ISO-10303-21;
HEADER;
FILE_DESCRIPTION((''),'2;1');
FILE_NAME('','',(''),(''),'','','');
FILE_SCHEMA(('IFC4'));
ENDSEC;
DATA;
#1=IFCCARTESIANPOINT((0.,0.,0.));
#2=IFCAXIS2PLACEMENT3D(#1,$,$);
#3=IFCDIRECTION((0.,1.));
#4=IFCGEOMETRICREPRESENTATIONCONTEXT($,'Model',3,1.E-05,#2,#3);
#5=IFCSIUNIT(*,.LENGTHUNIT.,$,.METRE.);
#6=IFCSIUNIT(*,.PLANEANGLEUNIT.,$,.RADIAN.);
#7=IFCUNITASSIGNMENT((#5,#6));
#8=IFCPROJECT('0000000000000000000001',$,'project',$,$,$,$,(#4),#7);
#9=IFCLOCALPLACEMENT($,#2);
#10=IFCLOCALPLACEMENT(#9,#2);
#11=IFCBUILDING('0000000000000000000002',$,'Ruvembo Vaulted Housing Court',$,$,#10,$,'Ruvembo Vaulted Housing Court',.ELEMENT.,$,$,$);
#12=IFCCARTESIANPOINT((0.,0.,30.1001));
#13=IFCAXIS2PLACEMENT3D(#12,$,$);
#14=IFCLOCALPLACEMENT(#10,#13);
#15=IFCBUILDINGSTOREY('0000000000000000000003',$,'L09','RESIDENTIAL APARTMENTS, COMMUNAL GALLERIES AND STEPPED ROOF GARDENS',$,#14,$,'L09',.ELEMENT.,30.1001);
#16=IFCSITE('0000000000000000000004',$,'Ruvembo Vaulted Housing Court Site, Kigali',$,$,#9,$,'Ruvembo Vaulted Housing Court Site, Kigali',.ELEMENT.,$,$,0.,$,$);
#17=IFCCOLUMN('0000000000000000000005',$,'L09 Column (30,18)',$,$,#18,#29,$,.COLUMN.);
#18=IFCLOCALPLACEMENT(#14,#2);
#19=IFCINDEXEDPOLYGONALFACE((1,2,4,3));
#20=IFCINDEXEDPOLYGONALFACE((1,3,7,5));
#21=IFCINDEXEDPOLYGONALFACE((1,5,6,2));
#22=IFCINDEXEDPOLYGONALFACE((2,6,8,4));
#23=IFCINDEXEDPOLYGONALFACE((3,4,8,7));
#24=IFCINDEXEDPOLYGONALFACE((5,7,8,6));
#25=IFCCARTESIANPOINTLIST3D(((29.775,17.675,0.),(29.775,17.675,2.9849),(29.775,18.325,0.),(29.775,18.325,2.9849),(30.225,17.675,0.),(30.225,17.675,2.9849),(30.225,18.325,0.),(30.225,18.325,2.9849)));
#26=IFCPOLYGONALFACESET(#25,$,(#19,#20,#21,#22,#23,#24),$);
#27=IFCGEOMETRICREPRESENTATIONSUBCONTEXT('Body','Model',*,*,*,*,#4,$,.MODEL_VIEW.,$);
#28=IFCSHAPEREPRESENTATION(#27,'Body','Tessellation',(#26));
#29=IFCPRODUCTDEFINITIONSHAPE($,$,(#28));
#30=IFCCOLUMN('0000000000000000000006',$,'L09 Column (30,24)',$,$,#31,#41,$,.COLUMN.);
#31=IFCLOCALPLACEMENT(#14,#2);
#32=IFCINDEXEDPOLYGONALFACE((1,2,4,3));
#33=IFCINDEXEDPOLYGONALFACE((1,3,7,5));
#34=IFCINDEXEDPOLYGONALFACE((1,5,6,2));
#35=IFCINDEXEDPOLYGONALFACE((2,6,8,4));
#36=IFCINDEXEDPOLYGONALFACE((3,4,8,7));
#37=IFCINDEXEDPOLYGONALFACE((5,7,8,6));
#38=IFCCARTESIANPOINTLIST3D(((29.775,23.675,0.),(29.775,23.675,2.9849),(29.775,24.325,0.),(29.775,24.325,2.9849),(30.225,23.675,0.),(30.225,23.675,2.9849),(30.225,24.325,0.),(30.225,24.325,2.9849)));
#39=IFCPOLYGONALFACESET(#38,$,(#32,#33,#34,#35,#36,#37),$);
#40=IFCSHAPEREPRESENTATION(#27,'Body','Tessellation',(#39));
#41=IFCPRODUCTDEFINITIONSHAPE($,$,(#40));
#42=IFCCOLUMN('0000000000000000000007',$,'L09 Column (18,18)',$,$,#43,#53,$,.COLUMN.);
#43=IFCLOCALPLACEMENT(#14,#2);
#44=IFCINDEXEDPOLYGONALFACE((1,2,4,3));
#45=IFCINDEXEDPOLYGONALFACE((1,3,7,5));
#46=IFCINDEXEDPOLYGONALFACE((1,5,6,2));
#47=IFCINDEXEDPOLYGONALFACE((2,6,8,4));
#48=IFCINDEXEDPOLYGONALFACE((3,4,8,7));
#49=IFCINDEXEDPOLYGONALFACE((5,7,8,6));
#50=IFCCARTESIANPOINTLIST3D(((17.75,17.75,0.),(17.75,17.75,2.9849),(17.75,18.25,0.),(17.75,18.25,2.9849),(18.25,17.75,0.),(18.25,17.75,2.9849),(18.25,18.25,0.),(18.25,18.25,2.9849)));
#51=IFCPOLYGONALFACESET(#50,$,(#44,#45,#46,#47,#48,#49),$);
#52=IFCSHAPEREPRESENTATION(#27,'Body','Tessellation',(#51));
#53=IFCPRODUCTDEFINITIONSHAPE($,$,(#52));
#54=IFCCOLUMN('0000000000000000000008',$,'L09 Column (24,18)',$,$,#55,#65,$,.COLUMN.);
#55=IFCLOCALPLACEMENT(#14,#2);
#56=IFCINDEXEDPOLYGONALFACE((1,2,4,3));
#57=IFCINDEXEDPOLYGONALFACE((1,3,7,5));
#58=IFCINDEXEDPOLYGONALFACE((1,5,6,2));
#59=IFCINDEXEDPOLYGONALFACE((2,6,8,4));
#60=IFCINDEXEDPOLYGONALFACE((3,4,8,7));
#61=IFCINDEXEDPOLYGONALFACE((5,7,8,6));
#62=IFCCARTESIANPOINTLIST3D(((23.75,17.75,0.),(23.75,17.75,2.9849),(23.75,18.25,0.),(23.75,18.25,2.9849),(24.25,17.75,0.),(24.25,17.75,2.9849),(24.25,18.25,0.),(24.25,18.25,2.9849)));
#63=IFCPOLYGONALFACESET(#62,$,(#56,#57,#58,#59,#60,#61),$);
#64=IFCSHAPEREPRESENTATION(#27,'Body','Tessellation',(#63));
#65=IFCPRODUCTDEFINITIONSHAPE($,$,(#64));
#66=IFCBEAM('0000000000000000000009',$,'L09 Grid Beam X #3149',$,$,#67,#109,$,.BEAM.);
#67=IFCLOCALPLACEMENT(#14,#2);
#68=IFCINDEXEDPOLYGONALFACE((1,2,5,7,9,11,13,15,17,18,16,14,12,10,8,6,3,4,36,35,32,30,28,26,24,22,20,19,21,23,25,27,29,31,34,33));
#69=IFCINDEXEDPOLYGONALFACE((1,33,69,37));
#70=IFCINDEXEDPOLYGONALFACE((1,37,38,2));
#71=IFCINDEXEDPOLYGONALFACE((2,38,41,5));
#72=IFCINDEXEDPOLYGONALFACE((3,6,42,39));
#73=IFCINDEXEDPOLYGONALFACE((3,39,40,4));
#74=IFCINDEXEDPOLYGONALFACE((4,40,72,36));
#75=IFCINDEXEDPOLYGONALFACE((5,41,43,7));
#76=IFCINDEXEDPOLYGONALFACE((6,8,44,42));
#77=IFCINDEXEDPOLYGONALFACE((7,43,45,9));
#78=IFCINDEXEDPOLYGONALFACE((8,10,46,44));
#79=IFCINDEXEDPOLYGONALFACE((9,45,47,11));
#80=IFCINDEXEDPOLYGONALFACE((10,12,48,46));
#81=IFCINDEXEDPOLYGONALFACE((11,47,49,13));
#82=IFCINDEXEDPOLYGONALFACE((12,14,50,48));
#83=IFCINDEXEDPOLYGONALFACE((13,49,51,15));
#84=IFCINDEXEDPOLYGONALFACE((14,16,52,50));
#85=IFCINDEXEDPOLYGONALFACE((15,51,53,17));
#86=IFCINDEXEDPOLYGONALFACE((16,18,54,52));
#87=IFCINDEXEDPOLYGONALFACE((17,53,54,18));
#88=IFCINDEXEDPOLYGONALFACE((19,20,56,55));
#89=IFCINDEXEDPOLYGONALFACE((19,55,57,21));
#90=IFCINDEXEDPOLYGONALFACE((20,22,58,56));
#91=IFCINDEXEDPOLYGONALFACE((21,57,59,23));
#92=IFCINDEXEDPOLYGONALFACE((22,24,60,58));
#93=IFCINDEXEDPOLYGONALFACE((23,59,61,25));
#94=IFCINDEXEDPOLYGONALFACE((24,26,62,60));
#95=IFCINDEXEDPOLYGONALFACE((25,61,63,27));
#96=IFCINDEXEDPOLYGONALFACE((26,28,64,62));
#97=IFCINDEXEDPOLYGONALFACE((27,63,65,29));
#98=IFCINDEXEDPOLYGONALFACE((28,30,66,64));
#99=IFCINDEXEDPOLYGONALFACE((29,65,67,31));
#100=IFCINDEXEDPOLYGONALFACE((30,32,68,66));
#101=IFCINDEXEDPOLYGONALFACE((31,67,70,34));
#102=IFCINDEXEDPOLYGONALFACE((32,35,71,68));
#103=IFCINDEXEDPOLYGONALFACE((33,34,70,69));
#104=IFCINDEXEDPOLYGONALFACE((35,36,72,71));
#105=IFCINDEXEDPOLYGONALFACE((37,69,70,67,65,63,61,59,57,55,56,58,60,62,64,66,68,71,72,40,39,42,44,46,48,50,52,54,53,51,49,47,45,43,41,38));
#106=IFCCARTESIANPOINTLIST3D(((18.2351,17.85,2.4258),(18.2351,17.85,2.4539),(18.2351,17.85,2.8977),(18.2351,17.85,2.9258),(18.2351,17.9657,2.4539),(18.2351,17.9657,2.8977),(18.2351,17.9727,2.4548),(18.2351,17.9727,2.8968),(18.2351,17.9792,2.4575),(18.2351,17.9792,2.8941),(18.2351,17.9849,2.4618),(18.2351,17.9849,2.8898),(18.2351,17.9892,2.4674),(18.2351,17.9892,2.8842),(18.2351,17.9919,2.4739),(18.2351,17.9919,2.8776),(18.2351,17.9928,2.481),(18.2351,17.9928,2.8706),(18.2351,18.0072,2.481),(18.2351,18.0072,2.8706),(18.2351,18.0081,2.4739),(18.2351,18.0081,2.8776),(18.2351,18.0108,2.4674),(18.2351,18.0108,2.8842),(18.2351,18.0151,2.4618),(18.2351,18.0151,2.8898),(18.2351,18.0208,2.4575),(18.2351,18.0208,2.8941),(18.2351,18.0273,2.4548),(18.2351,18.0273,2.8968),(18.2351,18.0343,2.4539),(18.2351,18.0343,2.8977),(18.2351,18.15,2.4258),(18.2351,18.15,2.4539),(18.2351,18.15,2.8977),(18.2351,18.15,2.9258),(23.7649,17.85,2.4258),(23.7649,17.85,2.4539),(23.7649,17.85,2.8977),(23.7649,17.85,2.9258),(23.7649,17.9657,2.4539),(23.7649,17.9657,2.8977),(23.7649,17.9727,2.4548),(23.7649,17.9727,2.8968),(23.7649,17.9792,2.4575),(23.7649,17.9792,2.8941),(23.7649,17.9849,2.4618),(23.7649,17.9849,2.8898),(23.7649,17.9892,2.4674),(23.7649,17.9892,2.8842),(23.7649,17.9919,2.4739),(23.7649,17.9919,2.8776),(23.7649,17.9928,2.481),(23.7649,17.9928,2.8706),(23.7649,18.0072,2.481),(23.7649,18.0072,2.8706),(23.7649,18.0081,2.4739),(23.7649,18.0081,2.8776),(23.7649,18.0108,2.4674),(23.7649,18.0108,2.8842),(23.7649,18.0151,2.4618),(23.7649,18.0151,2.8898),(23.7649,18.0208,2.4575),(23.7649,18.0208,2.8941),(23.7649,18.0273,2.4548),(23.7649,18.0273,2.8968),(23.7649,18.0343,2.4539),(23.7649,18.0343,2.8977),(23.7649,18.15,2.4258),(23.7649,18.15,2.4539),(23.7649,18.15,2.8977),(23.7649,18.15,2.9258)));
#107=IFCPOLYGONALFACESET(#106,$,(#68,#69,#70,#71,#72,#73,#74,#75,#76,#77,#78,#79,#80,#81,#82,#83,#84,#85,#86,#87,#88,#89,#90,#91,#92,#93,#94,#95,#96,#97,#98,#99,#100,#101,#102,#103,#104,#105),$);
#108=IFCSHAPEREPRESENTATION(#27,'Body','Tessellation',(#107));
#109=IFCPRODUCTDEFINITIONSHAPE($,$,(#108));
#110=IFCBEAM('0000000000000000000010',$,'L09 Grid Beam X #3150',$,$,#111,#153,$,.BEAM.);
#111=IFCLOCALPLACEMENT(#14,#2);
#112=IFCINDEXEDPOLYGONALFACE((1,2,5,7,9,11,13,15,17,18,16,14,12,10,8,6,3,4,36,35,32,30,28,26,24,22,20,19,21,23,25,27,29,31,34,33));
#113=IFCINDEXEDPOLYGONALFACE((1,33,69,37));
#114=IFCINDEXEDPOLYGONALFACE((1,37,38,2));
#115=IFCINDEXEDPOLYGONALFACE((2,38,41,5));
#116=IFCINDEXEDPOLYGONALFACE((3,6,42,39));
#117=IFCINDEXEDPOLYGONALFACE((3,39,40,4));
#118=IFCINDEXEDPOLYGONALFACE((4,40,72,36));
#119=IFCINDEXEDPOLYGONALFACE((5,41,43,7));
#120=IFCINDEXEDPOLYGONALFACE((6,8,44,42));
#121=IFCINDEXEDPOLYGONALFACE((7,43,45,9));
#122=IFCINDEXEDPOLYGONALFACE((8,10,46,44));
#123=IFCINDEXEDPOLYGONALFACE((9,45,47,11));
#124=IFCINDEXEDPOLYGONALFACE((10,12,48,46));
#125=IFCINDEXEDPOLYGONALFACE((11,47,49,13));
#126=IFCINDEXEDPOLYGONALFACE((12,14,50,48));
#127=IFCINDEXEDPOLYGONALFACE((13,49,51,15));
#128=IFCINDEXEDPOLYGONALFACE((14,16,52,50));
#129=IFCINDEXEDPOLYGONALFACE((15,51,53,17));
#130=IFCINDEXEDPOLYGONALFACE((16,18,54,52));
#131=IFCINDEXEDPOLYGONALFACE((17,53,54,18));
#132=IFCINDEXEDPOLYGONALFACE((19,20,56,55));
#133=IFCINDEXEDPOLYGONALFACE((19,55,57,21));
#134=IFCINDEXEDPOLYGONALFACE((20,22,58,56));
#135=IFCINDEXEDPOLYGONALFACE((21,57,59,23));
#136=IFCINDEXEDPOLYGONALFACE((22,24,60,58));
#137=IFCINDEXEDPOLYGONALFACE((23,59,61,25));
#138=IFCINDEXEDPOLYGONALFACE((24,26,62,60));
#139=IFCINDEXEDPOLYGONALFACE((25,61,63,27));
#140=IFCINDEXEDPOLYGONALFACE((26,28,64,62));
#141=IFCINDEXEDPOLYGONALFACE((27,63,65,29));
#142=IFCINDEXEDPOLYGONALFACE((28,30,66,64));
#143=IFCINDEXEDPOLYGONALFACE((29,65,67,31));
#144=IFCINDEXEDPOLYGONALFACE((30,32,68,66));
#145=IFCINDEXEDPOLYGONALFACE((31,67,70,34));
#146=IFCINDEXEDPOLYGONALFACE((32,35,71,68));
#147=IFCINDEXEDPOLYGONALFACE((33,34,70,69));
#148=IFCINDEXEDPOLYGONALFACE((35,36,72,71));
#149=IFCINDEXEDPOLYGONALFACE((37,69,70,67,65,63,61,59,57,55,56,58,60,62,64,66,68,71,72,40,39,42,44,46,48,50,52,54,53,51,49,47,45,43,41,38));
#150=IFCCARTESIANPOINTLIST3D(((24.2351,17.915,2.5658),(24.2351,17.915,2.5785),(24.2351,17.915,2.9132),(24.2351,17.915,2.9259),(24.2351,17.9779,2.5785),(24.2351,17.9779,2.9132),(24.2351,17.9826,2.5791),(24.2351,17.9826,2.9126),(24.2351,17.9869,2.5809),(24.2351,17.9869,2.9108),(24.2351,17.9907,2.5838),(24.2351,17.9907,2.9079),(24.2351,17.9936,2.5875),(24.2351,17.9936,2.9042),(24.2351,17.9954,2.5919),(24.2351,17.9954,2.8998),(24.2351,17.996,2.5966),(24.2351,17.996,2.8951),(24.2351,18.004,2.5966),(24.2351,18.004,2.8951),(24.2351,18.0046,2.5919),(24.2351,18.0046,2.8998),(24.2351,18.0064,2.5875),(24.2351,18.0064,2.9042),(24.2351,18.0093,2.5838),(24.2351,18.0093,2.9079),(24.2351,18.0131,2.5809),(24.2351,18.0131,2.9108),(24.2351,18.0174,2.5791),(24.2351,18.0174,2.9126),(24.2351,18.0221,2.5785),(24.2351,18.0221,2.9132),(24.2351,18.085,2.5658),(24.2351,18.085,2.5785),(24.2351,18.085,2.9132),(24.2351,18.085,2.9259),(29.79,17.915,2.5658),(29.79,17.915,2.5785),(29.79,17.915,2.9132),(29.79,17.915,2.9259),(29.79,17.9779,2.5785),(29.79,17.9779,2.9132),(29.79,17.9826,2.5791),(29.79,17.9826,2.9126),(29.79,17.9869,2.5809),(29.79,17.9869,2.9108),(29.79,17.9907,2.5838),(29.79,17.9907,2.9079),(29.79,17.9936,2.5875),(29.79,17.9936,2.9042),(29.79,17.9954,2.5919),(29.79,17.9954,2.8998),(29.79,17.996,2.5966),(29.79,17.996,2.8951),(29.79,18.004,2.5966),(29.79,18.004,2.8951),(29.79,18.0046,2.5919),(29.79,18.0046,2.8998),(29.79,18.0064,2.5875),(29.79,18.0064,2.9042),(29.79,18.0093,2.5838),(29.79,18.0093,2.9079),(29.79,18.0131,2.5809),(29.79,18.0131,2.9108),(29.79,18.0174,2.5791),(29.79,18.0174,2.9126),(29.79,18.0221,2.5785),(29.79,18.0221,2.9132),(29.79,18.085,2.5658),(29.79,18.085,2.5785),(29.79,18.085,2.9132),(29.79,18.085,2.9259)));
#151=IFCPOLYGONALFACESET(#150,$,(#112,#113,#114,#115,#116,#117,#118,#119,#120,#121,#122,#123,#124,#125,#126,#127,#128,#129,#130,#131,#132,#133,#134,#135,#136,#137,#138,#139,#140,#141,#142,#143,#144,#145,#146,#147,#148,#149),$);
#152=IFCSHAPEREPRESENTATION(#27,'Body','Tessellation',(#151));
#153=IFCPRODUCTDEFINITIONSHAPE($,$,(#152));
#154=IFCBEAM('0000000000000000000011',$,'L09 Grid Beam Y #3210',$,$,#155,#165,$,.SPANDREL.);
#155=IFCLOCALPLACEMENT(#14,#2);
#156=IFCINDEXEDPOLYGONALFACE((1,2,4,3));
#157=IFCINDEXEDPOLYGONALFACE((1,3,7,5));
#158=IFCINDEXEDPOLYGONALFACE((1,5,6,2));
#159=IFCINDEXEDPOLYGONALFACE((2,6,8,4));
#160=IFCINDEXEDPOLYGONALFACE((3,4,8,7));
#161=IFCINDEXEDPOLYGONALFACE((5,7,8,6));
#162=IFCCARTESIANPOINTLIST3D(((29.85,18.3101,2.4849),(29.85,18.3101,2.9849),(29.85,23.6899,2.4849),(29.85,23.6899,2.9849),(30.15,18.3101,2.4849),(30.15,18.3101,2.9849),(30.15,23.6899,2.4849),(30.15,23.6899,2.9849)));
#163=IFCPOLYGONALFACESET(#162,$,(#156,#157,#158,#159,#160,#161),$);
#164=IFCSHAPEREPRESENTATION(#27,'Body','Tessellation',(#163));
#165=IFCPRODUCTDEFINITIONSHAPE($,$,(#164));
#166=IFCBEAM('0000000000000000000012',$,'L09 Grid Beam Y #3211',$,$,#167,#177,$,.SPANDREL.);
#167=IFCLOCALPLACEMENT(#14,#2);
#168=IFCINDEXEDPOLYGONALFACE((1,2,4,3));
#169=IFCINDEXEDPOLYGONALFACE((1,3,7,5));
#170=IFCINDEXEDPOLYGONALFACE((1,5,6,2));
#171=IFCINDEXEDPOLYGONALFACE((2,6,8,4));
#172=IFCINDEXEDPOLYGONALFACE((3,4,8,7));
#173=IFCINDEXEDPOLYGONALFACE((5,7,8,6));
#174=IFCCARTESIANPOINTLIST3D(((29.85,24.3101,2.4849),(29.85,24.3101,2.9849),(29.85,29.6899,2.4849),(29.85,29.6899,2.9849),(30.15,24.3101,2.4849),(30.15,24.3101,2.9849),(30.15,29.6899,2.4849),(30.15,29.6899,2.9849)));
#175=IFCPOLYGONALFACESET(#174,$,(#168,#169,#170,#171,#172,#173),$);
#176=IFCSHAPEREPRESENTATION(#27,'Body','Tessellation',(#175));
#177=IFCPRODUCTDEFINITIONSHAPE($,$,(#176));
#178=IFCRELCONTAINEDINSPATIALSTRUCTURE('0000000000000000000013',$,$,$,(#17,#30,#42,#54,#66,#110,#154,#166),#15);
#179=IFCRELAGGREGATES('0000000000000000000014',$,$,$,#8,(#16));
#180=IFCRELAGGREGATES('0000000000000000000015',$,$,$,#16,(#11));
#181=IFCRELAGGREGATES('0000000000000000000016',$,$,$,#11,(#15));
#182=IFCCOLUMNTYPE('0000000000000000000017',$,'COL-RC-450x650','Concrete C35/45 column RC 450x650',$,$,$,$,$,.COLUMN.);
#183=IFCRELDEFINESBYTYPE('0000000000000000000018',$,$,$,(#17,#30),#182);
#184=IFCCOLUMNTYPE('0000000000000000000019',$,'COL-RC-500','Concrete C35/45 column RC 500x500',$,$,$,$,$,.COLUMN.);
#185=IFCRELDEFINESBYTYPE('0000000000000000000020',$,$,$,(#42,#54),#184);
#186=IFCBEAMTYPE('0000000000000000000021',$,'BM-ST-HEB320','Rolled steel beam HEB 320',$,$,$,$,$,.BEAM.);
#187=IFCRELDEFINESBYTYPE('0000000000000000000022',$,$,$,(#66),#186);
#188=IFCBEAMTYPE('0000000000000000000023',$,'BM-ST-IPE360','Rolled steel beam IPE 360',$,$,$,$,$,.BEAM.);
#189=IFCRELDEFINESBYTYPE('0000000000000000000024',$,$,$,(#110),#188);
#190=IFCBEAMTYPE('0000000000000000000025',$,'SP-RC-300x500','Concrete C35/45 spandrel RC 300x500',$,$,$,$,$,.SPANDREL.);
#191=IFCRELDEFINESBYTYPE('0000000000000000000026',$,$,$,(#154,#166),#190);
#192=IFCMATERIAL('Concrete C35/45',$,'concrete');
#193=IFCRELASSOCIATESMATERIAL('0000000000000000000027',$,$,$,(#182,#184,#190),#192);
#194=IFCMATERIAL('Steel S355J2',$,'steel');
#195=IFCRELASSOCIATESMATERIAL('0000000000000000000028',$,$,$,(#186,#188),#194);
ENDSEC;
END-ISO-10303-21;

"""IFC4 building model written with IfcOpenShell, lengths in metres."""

from ifc_helpers import new_model, si_unit, direction, frame, origin, origin_2d, place, context, subcontext, project, spatial, rectangle, i_section, extrude, material, material_profile, profile_set, type_object, element, save


model = new_model("IFC4")

# Units and contexts
model_context = context("Model", 3, precision=1e-05, world=origin(), true_north=direction((0.0, 1.0)))
body_context = subcontext(model_context, "Body", "Model", "MODEL_VIEW")
ifc_project = project(units=[si_unit("LENGTHUNIT", "METRE"), si_unit("PLANEANGLEUNIT", "RADIAN")], contexts=[model_context])

# Site, building, storey
site_placement = place(None, origin())
site = spatial("IfcSite", under=ifc_project, at=site_placement, Name="Ruvembo Vaulted Housing Court Site, Kigali", LongName="Ruvembo Vaulted Housing Court Site, Kigali", CompositionType="ELEMENT", RefElevation=0.0)
building_placement = place(site_placement, origin())
building = spatial("IfcBuilding", under=site, at=building_placement, Name="Ruvembo Vaulted Housing Court", LongName="Ruvembo Vaulted Housing Court", CompositionType="ELEMENT")
storey_placement = place(building_placement, frame((0.0, 0.0, 30.1001)))
storey = spatial("IfcBuildingStorey", under=building, at=storey_placement, Name="L09", Description="RESIDENTIAL APARTMENTS, COMMUNAL GALLERIES AND STEPPED ROOF GARDENS", LongName="L09", CompositionType="ELEMENT", Elevation=30.1001)

# Columns
ifc_material_1 = material(Name="Concrete C35/45", Category="concrete")
ifc_material_profile_1 = material_profile(ifc_material_1, rectangle(XDim=0.45, YDim=0.6499, at=origin_2d()), Name="RC 450x650")
ifc_profile_set_1 = profile_set([ifc_material_profile_1], Name="Concrete C35/45")
column_type_1 = type_object("IfcColumnType", Name="COL-RC-450x650", Description="Concrete C35/45 column RC 450x650", PredefinedType="COLUMN", material=ifc_profile_set_1)
for number, where, z_axis, x_axis, name in (
    (1, (30.0, 18.0, 0.0), (0.0, 0.0, 1.0), (1.0, 0.0, 0.0), "L09 Column (30,18)"),
    (2, (30.0, 24.0, 0.0), (0.0, 0.0, 1.0), (1.0, 0.0, 0.0), "L09 Column (30,24)"),
):
    element("IfcColumn", number, at=place(storey_placement, frame(where, z_axis=z_axis, x_axis=x_axis)), inside=storey, type_object=column_type_1, Name=name, PredefinedType="COLUMN", context=body_context, shape_type="SweptSolid", body=[
        extrude(rectangle(XDim=0.45, YDim=0.6499, at=origin_2d()), origin(), (0.0, 0.0, 1.0), 2.9849),
    ])
ifc_material_profile_2 = material_profile(ifc_material_1, rectangle(XDim=0.5, YDim=0.5, at=origin_2d()), Name="RC 500x500")
ifc_profile_set_2 = profile_set([ifc_material_profile_2], Name="Concrete C35/45")
column_type_2 = type_object("IfcColumnType", Name="COL-RC-500", Description="Concrete C35/45 column RC 500x500", PredefinedType="COLUMN", material=ifc_profile_set_2)
for number, where, z_axis, x_axis, name in (
    (3, (18.0, 18.0, 0.0), (0.0, 0.0, 1.0), (1.0, 0.0, 0.0), "L09 Column (18,18)"),
    (4, (24.0, 18.0, 0.0), (0.0, 0.0, 1.0), (1.0, 0.0, 0.0), "L09 Column (24,18)"),
):
    element("IfcColumn", number, at=place(storey_placement, frame(where, z_axis=z_axis, x_axis=x_axis)), inside=storey, type_object=column_type_2, Name=name, PredefinedType="COLUMN", context=body_context, shape_type="SweptSolid", body=[
        extrude(rectangle(XDim=0.5, YDim=0.5, at=origin_2d()), origin(), (0.0, 0.0, 1.0), 2.9849),
    ])

# Beams
ifc_material_2 = material(Name="Steel S355J2", Category="steel")
ifc_material_profile_3 = material_profile(ifc_material_2, i_section(OverallWidth=0.3, OverallDepth=0.5, WebThickness=0.0144, FlangeThickness=0.0281, FilletRadius=0.0271, at=origin_2d()), Name="HEB 320")
ifc_profile_set_3 = profile_set([ifc_material_profile_3], Name="Steel S355J2")
beam_type_1 = type_object("IfcBeamType", Name="BM-ST-HEB320", Description="Rolled steel beam HEB 320", PredefinedType="BEAM", material=ifc_profile_set_3)
beam_1_placement = place(storey_placement, frame((18.2351, 18.0, 2.6758), z_axis=(1.0, 0.0, 0.0), x_axis=(0.0, 1.0, 0.0)))
element("IfcBeam", 5, at=beam_1_placement, inside=storey, type_object=beam_type_1, Name="L09 Grid Beam X #3149", PredefinedType="BEAM", context=body_context, shape_type="SweptSolid", body=[
    extrude(i_section(OverallWidth=0.3, OverallDepth=0.5, WebThickness=0.0144, FlangeThickness=0.0281, FilletRadius=0.0271, at=origin_2d()), origin(), (0.0, 0.0, 1.0), 5.5298),
])
ifc_material_profile_4 = material_profile(ifc_material_2, i_section(OverallWidth=0.1699, OverallDepth=0.3601, WebThickness=0.0081, FlangeThickness=0.0127, FilletRadius=0.0181, at=origin_2d()), Name="IPE 360")
ifc_profile_set_4 = profile_set([ifc_material_profile_4], Name="Steel S355J2")
beam_type_2 = type_object("IfcBeamType", Name="BM-ST-IPE360", Description="Rolled steel beam IPE 360", PredefinedType="BEAM", material=ifc_profile_set_4)
beam_2_placement = place(storey_placement, frame((24.2351, 18.0, 2.7458), z_axis=(1.0, 0.0, 0.0), x_axis=(0.0, 1.0, 0.0)))
element("IfcBeam", 6, at=beam_2_placement, inside=storey, type_object=beam_type_2, Name="L09 Grid Beam X #3150", PredefinedType="BEAM", context=body_context, shape_type="SweptSolid", body=[
    extrude(i_section(OverallWidth=0.1699, OverallDepth=0.3601, WebThickness=0.0081, FlangeThickness=0.0127, FilletRadius=0.0181, at=origin_2d()), origin(), (0.0, 0.0, 1.0), 5.5549),
])
ifc_material_profile_5 = material_profile(ifc_material_1, rectangle(XDim=0.3, YDim=0.5, at=origin_2d()), Name="RC 300x500")
ifc_profile_set_5 = profile_set([ifc_material_profile_5], Name="Concrete C35/45")
beam_type_3 = type_object("IfcBeamType", Name="SP-RC-300x500", Description="Concrete C35/45 spandrel RC 300x500", PredefinedType="SPANDREL", material=ifc_profile_set_5)
for number, where, z_axis, x_axis, name in (
    (7, (30.0, 18.3101, 2.7349), (0.0, 1.0, 0.0), (-1.0, 0.0, 0.0), "L09 Grid Beam Y #3210"),
    (8, (30.0, 24.3101, 2.7349), (0.0, 1.0, 0.0), (-1.0, 0.0, 0.0), "L09 Grid Beam Y #3211"),
):
    element("IfcBeam", number, at=place(storey_placement, frame(where, z_axis=z_axis, x_axis=x_axis)), inside=storey, type_object=beam_type_3, Name=name, PredefinedType="SPANDREL", context=body_context, shape_type="SweptSolid", body=[
        extrude(rectangle(XDim=0.3, YDim=0.5, at=origin_2d()), origin(), (0.0, 0.0, 1.0), 5.3799),
    ])

save(model, "model.ifc")
